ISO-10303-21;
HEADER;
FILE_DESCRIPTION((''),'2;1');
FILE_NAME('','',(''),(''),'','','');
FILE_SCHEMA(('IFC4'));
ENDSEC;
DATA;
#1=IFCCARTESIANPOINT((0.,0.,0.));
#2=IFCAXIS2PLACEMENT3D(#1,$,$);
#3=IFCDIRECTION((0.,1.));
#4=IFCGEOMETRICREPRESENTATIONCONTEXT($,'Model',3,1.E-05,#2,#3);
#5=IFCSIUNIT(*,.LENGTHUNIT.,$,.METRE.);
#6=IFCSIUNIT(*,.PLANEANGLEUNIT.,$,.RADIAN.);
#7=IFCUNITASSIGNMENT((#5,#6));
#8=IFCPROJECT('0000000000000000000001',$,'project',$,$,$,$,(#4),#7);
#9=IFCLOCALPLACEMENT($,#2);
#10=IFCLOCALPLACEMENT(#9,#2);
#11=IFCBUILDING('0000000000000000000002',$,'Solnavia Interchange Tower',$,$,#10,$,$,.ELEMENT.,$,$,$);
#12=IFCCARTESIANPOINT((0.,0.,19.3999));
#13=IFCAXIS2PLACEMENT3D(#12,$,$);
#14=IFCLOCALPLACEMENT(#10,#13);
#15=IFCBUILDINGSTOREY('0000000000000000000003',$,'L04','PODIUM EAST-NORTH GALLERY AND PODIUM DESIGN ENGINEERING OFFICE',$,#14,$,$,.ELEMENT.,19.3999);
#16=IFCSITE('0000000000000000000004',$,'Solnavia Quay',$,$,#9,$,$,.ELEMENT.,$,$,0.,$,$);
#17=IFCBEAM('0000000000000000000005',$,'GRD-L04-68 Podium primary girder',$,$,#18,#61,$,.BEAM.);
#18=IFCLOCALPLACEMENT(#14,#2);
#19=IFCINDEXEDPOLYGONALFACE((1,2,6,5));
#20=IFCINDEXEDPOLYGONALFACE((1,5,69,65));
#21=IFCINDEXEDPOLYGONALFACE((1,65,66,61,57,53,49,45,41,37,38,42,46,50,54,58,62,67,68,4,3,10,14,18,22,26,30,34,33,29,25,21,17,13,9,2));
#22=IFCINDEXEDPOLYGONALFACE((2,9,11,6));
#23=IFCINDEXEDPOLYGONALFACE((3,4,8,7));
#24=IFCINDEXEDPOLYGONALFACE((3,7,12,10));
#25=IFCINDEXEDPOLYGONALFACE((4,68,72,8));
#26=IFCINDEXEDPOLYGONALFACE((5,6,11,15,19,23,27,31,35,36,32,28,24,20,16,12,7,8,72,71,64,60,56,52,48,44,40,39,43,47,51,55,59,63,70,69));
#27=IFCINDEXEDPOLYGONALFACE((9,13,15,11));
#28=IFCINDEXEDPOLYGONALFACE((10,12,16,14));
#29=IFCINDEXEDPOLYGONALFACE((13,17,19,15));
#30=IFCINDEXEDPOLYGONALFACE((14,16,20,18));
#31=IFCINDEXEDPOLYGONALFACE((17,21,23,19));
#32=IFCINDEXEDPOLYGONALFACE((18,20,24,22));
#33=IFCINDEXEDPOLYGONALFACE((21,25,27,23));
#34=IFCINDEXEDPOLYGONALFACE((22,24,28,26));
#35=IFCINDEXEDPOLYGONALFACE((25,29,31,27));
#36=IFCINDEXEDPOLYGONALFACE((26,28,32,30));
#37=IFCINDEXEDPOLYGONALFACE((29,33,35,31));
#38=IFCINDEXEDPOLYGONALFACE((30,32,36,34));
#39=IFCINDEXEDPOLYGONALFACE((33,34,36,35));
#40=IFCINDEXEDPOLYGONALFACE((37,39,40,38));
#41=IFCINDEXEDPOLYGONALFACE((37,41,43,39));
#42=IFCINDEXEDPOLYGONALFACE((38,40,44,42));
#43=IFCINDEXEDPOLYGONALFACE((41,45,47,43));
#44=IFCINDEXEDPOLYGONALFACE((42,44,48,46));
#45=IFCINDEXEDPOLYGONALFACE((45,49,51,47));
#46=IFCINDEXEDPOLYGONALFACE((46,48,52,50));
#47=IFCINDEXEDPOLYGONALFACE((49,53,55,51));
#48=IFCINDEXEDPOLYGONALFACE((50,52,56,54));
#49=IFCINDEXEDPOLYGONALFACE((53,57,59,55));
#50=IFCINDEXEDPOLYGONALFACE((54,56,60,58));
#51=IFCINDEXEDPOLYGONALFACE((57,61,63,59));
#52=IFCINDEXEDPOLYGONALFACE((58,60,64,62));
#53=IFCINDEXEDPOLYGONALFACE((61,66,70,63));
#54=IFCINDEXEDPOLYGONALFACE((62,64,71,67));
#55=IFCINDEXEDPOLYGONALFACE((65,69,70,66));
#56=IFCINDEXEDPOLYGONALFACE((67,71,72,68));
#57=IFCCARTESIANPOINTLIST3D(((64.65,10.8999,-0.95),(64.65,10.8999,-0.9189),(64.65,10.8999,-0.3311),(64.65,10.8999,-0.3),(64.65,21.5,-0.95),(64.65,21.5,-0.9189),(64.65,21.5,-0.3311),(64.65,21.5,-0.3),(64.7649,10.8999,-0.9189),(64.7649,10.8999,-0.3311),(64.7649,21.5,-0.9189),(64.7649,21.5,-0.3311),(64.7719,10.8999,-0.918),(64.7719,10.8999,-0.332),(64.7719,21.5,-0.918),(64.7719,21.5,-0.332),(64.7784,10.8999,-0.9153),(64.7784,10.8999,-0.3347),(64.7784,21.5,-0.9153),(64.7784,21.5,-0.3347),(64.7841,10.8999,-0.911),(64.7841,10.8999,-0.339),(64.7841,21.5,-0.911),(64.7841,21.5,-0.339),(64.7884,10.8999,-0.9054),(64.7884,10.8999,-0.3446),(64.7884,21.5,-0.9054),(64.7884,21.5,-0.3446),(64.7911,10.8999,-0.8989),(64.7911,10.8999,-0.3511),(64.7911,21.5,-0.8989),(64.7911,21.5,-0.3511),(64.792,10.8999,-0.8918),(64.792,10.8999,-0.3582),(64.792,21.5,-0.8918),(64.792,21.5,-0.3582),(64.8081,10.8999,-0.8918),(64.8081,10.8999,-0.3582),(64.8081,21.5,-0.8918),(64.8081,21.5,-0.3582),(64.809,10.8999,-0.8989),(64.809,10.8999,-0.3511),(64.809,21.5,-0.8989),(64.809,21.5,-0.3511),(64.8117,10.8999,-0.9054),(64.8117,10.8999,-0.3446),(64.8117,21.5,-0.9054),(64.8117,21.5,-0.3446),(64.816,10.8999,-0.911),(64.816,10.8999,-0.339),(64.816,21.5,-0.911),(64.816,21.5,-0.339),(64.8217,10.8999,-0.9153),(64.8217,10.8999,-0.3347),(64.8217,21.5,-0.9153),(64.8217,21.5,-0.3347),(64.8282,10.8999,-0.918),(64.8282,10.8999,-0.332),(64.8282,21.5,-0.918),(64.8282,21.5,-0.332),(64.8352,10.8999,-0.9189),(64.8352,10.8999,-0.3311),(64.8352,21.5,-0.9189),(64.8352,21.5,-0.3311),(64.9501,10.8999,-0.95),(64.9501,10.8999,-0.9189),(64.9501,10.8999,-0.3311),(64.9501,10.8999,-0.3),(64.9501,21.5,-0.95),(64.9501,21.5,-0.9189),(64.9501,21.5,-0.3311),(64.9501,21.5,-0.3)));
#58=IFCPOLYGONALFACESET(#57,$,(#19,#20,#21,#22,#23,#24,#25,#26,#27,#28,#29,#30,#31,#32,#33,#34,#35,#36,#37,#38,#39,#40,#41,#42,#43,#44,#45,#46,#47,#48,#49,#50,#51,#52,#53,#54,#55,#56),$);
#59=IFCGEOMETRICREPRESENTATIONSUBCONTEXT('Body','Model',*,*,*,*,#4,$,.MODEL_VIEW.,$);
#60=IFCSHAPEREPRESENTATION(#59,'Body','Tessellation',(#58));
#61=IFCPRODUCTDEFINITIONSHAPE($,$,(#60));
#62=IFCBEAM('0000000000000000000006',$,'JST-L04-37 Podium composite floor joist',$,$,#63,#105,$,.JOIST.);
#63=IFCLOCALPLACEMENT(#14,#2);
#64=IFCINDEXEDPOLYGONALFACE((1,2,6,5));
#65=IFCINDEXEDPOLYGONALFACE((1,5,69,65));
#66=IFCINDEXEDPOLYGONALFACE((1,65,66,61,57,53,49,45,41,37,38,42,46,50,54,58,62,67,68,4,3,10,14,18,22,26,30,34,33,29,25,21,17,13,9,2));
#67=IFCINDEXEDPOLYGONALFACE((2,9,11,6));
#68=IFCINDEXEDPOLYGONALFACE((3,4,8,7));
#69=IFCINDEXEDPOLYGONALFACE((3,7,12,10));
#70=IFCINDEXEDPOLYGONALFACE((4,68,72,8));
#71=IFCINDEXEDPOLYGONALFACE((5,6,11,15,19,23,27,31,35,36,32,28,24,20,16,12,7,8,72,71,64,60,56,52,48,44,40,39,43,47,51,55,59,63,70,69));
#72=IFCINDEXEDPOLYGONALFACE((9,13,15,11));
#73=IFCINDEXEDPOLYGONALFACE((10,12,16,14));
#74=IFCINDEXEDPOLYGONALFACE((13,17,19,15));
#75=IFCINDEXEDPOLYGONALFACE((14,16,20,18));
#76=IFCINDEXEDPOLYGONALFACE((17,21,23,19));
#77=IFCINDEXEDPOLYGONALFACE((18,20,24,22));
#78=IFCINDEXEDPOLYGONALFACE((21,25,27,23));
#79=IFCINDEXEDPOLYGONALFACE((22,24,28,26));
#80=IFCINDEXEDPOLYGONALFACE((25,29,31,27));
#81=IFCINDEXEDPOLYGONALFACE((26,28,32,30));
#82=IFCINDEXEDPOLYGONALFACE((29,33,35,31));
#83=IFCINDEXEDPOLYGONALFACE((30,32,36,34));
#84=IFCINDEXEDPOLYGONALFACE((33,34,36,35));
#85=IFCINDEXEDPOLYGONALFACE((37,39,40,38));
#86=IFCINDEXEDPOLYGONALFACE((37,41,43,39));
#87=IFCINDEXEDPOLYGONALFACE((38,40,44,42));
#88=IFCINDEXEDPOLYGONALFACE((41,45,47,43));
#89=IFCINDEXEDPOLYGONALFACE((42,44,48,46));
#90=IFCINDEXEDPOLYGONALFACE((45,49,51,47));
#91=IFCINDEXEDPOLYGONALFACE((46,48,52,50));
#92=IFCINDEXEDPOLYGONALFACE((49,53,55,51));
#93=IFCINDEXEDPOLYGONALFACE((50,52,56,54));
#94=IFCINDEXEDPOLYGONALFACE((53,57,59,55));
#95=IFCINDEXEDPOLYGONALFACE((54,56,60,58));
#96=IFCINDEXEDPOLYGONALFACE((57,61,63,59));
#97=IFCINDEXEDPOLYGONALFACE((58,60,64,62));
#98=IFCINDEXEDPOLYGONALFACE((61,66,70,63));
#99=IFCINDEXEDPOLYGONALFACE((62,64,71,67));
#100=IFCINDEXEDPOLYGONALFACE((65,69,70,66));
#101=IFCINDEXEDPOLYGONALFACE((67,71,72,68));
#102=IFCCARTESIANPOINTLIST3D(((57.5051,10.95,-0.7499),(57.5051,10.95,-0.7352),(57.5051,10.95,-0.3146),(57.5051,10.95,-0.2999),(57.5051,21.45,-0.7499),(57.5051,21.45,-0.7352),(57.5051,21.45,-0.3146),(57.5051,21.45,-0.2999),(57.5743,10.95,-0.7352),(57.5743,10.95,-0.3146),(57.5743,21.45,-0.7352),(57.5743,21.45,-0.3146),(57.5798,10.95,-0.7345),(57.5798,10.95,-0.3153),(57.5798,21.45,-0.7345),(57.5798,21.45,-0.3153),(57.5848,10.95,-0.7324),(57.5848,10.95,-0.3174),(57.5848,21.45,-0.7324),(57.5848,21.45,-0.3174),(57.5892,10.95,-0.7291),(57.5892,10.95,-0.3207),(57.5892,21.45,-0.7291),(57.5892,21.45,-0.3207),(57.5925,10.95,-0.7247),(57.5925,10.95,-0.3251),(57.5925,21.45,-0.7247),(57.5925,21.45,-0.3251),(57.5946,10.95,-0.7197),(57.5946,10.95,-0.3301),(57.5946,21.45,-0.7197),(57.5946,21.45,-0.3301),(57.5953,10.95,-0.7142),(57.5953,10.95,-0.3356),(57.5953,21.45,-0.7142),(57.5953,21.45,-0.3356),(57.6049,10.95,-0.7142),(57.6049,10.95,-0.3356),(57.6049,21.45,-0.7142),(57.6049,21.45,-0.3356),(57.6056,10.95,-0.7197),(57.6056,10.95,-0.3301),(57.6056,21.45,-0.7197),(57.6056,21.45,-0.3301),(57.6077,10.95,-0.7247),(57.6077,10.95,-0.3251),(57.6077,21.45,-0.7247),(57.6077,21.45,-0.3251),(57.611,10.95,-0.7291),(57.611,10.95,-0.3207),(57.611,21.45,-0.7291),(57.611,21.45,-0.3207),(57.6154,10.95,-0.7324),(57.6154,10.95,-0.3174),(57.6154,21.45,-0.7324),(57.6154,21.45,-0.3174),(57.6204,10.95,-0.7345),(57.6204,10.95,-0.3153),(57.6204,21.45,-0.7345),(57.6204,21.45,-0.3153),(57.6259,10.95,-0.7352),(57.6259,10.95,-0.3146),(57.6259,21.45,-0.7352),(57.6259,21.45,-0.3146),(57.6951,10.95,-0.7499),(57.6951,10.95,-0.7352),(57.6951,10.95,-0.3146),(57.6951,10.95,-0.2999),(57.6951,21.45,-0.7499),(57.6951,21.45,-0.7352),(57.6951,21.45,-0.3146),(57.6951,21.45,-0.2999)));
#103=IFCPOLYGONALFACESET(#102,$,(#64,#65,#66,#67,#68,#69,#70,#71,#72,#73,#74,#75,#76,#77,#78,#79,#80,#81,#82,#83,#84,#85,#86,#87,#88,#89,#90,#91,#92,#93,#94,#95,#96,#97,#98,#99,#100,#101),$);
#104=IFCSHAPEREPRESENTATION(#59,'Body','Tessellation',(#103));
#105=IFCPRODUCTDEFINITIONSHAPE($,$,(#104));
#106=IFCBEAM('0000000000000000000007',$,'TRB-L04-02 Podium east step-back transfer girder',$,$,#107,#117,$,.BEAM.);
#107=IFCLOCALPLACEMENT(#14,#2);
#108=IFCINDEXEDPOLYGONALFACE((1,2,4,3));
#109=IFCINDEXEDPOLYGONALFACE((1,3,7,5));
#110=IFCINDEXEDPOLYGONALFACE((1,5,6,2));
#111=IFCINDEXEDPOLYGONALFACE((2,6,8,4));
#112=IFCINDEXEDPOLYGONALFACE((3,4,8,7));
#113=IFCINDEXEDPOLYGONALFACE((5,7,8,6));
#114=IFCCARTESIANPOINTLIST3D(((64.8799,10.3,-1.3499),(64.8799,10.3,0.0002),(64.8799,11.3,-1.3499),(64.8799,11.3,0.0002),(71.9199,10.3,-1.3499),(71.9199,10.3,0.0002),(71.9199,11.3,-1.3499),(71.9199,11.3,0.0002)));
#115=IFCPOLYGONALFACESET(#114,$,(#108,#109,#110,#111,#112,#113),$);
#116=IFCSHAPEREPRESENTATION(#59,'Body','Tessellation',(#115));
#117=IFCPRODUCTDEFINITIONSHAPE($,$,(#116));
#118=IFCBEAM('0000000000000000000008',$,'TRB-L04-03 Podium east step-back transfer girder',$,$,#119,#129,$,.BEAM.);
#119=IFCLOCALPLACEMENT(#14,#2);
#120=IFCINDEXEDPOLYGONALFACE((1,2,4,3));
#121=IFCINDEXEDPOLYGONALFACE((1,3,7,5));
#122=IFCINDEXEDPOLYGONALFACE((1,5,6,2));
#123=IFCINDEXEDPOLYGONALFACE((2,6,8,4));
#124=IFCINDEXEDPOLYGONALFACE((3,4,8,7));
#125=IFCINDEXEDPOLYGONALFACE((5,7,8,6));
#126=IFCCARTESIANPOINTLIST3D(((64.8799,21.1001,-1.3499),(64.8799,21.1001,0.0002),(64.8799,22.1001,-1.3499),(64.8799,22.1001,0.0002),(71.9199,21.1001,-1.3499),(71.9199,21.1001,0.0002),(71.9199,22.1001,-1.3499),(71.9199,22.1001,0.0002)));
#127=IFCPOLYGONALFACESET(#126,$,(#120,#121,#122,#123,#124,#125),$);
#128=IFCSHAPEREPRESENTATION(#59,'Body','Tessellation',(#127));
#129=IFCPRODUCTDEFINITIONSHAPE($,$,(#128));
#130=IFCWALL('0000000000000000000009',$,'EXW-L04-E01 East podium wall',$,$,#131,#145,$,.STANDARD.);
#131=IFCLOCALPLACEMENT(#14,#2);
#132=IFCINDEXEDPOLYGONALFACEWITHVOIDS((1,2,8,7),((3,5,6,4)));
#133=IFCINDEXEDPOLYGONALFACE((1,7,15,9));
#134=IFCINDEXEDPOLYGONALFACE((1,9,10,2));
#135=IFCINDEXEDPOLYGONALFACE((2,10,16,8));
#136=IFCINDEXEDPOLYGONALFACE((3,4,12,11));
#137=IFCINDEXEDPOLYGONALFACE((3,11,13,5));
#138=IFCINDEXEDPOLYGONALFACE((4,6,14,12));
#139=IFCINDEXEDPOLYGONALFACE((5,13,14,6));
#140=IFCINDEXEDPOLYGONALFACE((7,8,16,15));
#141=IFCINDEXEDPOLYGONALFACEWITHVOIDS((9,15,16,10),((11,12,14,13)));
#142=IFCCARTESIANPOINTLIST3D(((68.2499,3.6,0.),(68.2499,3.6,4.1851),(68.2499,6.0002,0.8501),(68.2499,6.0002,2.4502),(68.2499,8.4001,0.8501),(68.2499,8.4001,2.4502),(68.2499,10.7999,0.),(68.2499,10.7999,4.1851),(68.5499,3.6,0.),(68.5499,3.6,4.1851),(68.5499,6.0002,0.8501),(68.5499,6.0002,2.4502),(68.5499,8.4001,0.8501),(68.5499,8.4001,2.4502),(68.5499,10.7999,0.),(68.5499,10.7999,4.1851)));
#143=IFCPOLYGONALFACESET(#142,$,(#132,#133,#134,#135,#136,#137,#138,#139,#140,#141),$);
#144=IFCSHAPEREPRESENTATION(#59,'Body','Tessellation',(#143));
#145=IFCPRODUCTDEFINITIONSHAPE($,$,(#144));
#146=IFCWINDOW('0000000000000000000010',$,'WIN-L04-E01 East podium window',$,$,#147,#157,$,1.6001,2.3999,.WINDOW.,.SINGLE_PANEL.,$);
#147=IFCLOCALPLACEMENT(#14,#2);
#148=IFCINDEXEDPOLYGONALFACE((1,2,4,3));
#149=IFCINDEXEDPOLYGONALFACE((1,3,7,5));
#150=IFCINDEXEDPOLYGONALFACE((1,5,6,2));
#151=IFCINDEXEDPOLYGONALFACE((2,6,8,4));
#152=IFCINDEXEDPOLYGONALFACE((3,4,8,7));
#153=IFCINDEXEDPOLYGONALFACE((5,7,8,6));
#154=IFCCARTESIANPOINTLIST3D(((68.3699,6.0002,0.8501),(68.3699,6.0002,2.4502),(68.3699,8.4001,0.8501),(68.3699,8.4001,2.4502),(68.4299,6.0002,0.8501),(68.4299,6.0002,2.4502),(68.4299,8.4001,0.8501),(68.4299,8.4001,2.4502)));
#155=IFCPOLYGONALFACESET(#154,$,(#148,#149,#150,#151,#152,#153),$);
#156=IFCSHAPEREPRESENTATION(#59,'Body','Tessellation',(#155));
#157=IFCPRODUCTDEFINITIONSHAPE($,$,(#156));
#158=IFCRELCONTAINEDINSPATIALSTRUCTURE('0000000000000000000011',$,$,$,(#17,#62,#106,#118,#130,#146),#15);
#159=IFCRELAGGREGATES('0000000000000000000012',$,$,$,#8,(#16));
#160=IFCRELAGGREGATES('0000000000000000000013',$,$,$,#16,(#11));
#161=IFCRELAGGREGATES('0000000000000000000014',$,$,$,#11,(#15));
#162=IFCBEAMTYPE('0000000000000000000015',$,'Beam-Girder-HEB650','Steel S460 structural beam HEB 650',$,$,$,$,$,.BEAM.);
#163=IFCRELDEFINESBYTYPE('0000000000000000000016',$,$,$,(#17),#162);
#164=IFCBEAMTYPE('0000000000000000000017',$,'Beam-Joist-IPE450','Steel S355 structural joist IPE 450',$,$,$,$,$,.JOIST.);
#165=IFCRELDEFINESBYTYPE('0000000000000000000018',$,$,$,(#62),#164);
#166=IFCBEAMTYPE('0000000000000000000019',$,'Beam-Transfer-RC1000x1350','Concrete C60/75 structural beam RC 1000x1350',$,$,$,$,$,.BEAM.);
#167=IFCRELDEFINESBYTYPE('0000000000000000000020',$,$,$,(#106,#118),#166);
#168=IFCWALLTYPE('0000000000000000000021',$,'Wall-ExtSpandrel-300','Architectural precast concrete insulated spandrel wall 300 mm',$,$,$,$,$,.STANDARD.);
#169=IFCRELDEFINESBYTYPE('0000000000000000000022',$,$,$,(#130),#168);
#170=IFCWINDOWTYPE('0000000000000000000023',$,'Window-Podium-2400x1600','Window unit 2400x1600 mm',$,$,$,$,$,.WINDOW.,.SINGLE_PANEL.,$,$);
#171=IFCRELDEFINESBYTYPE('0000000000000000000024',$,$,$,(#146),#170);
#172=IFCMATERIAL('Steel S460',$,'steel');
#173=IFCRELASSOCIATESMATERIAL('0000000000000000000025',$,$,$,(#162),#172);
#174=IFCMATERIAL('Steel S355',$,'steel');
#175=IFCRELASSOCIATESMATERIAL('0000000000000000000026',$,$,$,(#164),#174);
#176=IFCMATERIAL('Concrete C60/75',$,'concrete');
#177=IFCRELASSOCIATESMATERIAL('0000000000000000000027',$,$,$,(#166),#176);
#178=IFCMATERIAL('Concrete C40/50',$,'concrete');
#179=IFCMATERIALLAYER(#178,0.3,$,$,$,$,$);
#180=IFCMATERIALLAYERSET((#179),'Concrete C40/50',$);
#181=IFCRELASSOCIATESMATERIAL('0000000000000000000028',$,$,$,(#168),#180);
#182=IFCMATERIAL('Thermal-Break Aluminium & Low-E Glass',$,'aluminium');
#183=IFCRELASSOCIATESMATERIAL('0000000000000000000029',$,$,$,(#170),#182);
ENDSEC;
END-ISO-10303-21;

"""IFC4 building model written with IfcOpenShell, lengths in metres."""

from ifc_helpers import new_model, si_unit, direction, frame, frame_2d, origin, origin_2d, place, context, subcontext, project, spatial, rectangle, i_section, extrude, material, layer, layer_set, material_profile, profile_set, type_object, element, fill, save


model = new_model("IFC4")

# Units and contexts
model_context = context("Model", 3, precision=1e-05, world=origin(), true_north=direction((0.0, 1.0)))
body_context = subcontext(model_context, "Body", "Model", "MODEL_VIEW")
ifc_project = project(units=[si_unit("LENGTHUNIT", "METRE"), si_unit("PLANEANGLEUNIT", "RADIAN")], contexts=[model_context])

# Site, building, storey
site_placement = place(None, origin())
site = spatial("IfcSite", under=ifc_project, at=site_placement, Name="Solnavia Quay", CompositionType="ELEMENT", RefElevation=0.0)
building_placement = place(site_placement, origin())
building = spatial("IfcBuilding", under=site, at=building_placement, Name="Solnavia Interchange Tower", CompositionType="ELEMENT")
storey_placement = place(building_placement, frame((0.0, 0.0, 19.3999)))
storey = spatial("IfcBuildingStorey", under=building, at=storey_placement, Name="L04", Description="PODIUM EAST-NORTH GALLERY AND PODIUM DESIGN ENGINEERING OFFICE", CompositionType="ELEMENT", Elevation=19.3999)

# Shared definitions
ifc_material_1 = material(Name="Concrete C60/75", Category="concrete")

# Beams
ifc_material_2 = material(Name="Steel S460", Category="steel")
ifc_material_profile_1 = material_profile(ifc_material_2, i_section(OverallWidth=0.3, OverallDepth=0.6499, WebThickness=0.0161, FlangeThickness=0.031, FilletRadius=0.0271, at=origin_2d()), Name="HEB 650")
ifc_profile_set_1 = profile_set([ifc_material_profile_1], Name="Steel S460")
beam_type_1 = type_object("IfcBeamType", Name="Beam-Girder-HEB650", Description="Steel S460 structural beam HEB 650", PredefinedType="BEAM", material=ifc_profile_set_1)
for number, where, z_axis, x_axis, name in (
    (1, (64.8, 10.8999, -0.625), (0.0, 1.0, 0.0), (-1.0, 0.0, 0.0), "GRD-L04-68 Podium primary girder"),
):
    element("IfcBeam", number, at=place(storey_placement, frame(where, z_axis=z_axis, x_axis=x_axis)), inside=storey, type_object=beam_type_1, Name=name, PredefinedType="BEAM", context=body_context, shape_type="SweptSolid", body=[
        extrude(i_section(OverallWidth=0.3, OverallDepth=0.6499, WebThickness=0.0161, FlangeThickness=0.031, FilletRadius=0.0271, at=origin_2d()), origin(), (0.0, 0.0, 1.0), 10.6001),
    ])
ifc_material_3 = material(Name="Steel S355", Category="steel")
ifc_material_profile_2 = material_profile(ifc_material_3, i_section(OverallWidth=0.1899, OverallDepth=0.45, WebThickness=0.0095, FlangeThickness=0.0146, FilletRadius=0.021, at=origin_2d()), Name="IPE 450")
ifc_profile_set_2 = profile_set([ifc_material_profile_2], Name="Steel S355")
beam_type_2 = type_object("IfcBeamType", Name="Beam-Joist-IPE450", Description="Steel S355 structural joist IPE 450", PredefinedType="JOIST", material=ifc_profile_set_2)
beam_1_placement = place(storey_placement, frame((57.6001, 10.95, -0.5249), z_axis=(0.0, 1.0, 0.0), x_axis=(-1.0, 0.0, 0.0)))
element("IfcBeam", 2, at=beam_1_placement, inside=storey, type_object=beam_type_2, Name="JST-L04-37 Podium composite floor joist", PredefinedType="JOIST", context=body_context, shape_type="SweptSolid", body=[
    extrude(i_section(OverallWidth=0.1899, OverallDepth=0.45, WebThickness=0.0095, FlangeThickness=0.0146, FilletRadius=0.021, at=origin_2d()), origin(), (0.0, 0.0, 1.0), 10.5),
])
ifc_material_profile_3 = material_profile(ifc_material_1, rectangle(XDim=1.0, YDim=1.3501, at=origin_2d()), Name="RC 1000x1350")
ifc_profile_set_3 = profile_set([ifc_material_profile_3], Name="Concrete C60/75")
beam_type_3 = type_object("IfcBeamType", Name="Beam-Transfer-RC1000x1350", Description="Concrete C60/75 structural beam RC 1000x1350", PredefinedType="BEAM", material=ifc_profile_set_3)
for number, where, z_axis, x_axis, name in (
    (3, (64.8799, 10.8, -0.6748), (1.0, 0.0, 0.0), (0.0, 1.0, 0.0), "TRB-L04-02 Podium east step-back transfer girder"),
    (4, (64.8799, 21.6001, -0.6748), (1.0, 0.0, 0.0), (0.0, 1.0, 0.0), "TRB-L04-03 Podium east step-back transfer girder"),
):
    element("IfcBeam", number, at=place(storey_placement, frame(where, z_axis=z_axis, x_axis=x_axis)), inside=storey, type_object=beam_type_3, Name=name, PredefinedType="BEAM", context=body_context, shape_type="SweptSolid", body=[
        extrude(rectangle(XDim=1.0, YDim=1.3501, at=origin_2d()), origin(), (0.0, 0.0, 1.0), 7.04),
    ])

# Wall, opening, window
ifc_material_4 = material(Name="Concrete C40/50", Category="concrete")
ifc_layer_1 = layer(ifc_material_4, 0.3)
ifc_layer_set_1 = layer_set([ifc_layer_1], Name="Concrete C40/50")
wall_type_1 = type_object("IfcWallType", Name="Wall-ExtSpandrel-300", Description="Architectural precast concrete insulated spandrel wall 300 mm", PredefinedType="STANDARD", material=ifc_layer_set_1)
wall_1_placement = place(storey_placement, frame((68.3999, 10.8, 0.0), z_axis=(0.0, 0.0, 1.0), x_axis=(0.0, -1.0, 0.0)))
wall_1 = element("IfcWall", 5, at=wall_1_placement, inside=storey, type_object=wall_type_1, Name="EXW-L04-E01 East podium wall", PredefinedType="STANDARD", context=body_context, shape_type="SweptSolid", body=[
    extrude(rectangle(XDim=7.2, YDim=0.3, at=frame_2d((3.6001, 0.0))), origin(), (0.0, 0.0, 1.0), 4.1851),
])
opening_1_placement = place(wall_1_placement, frame((2.3999, 0.0, 0.8501)))
opening_1 = element("IfcOpeningElement", 6, at=opening_1_placement, cuts=wall_1, PredefinedType="OPENING", context=body_context, shape_type="SweptSolid", body=[
    extrude(rectangle(XDim=2.3999, YDim=1.6001, at=frame_2d((1.2, 0.8))), frame((0.0, 0.1602, 0.0), z_axis=(0.0, -1.0, 0.0), x_axis=(1.0, 0.0, 0.0)), (0.0, 0.0, 1.0), 0.3201),
])
ifc_material_5 = material(Name="Thermal-Break Aluminium & Low-E Glass", Category="aluminium")
window_type = type_object("IfcWindowType", Name="Window-Podium-2400x1600", Description="Window unit 2400x1600 mm", PartitioningType="SINGLE_PANEL", PredefinedType="WINDOW", material=ifc_material_5)
window_placement = place(opening_1_placement, origin())
window = element("IfcWindow", 7, at=window_placement, inside=storey, type_object=window_type, Name="WIN-L04-E01 East podium window", OverallHeight=1.6001, OverallWidth=2.3999, PartitioningType="SINGLE_PANEL", PredefinedType="WINDOW", context=body_context, shape_type="SweptSolid", body=[
    extrude(rectangle(XDim=2.3999, YDim=1.6001, at=frame_2d((1.2, 0.8))), frame((0.0, 0.03, 0.0), z_axis=(0.0, -1.0, 0.0), x_axis=(1.0, 0.0, 0.0)), (0.0, 0.0, 1.0), 0.0601),
])
fill(opening_1, window)

save(model, "model.ifc")
